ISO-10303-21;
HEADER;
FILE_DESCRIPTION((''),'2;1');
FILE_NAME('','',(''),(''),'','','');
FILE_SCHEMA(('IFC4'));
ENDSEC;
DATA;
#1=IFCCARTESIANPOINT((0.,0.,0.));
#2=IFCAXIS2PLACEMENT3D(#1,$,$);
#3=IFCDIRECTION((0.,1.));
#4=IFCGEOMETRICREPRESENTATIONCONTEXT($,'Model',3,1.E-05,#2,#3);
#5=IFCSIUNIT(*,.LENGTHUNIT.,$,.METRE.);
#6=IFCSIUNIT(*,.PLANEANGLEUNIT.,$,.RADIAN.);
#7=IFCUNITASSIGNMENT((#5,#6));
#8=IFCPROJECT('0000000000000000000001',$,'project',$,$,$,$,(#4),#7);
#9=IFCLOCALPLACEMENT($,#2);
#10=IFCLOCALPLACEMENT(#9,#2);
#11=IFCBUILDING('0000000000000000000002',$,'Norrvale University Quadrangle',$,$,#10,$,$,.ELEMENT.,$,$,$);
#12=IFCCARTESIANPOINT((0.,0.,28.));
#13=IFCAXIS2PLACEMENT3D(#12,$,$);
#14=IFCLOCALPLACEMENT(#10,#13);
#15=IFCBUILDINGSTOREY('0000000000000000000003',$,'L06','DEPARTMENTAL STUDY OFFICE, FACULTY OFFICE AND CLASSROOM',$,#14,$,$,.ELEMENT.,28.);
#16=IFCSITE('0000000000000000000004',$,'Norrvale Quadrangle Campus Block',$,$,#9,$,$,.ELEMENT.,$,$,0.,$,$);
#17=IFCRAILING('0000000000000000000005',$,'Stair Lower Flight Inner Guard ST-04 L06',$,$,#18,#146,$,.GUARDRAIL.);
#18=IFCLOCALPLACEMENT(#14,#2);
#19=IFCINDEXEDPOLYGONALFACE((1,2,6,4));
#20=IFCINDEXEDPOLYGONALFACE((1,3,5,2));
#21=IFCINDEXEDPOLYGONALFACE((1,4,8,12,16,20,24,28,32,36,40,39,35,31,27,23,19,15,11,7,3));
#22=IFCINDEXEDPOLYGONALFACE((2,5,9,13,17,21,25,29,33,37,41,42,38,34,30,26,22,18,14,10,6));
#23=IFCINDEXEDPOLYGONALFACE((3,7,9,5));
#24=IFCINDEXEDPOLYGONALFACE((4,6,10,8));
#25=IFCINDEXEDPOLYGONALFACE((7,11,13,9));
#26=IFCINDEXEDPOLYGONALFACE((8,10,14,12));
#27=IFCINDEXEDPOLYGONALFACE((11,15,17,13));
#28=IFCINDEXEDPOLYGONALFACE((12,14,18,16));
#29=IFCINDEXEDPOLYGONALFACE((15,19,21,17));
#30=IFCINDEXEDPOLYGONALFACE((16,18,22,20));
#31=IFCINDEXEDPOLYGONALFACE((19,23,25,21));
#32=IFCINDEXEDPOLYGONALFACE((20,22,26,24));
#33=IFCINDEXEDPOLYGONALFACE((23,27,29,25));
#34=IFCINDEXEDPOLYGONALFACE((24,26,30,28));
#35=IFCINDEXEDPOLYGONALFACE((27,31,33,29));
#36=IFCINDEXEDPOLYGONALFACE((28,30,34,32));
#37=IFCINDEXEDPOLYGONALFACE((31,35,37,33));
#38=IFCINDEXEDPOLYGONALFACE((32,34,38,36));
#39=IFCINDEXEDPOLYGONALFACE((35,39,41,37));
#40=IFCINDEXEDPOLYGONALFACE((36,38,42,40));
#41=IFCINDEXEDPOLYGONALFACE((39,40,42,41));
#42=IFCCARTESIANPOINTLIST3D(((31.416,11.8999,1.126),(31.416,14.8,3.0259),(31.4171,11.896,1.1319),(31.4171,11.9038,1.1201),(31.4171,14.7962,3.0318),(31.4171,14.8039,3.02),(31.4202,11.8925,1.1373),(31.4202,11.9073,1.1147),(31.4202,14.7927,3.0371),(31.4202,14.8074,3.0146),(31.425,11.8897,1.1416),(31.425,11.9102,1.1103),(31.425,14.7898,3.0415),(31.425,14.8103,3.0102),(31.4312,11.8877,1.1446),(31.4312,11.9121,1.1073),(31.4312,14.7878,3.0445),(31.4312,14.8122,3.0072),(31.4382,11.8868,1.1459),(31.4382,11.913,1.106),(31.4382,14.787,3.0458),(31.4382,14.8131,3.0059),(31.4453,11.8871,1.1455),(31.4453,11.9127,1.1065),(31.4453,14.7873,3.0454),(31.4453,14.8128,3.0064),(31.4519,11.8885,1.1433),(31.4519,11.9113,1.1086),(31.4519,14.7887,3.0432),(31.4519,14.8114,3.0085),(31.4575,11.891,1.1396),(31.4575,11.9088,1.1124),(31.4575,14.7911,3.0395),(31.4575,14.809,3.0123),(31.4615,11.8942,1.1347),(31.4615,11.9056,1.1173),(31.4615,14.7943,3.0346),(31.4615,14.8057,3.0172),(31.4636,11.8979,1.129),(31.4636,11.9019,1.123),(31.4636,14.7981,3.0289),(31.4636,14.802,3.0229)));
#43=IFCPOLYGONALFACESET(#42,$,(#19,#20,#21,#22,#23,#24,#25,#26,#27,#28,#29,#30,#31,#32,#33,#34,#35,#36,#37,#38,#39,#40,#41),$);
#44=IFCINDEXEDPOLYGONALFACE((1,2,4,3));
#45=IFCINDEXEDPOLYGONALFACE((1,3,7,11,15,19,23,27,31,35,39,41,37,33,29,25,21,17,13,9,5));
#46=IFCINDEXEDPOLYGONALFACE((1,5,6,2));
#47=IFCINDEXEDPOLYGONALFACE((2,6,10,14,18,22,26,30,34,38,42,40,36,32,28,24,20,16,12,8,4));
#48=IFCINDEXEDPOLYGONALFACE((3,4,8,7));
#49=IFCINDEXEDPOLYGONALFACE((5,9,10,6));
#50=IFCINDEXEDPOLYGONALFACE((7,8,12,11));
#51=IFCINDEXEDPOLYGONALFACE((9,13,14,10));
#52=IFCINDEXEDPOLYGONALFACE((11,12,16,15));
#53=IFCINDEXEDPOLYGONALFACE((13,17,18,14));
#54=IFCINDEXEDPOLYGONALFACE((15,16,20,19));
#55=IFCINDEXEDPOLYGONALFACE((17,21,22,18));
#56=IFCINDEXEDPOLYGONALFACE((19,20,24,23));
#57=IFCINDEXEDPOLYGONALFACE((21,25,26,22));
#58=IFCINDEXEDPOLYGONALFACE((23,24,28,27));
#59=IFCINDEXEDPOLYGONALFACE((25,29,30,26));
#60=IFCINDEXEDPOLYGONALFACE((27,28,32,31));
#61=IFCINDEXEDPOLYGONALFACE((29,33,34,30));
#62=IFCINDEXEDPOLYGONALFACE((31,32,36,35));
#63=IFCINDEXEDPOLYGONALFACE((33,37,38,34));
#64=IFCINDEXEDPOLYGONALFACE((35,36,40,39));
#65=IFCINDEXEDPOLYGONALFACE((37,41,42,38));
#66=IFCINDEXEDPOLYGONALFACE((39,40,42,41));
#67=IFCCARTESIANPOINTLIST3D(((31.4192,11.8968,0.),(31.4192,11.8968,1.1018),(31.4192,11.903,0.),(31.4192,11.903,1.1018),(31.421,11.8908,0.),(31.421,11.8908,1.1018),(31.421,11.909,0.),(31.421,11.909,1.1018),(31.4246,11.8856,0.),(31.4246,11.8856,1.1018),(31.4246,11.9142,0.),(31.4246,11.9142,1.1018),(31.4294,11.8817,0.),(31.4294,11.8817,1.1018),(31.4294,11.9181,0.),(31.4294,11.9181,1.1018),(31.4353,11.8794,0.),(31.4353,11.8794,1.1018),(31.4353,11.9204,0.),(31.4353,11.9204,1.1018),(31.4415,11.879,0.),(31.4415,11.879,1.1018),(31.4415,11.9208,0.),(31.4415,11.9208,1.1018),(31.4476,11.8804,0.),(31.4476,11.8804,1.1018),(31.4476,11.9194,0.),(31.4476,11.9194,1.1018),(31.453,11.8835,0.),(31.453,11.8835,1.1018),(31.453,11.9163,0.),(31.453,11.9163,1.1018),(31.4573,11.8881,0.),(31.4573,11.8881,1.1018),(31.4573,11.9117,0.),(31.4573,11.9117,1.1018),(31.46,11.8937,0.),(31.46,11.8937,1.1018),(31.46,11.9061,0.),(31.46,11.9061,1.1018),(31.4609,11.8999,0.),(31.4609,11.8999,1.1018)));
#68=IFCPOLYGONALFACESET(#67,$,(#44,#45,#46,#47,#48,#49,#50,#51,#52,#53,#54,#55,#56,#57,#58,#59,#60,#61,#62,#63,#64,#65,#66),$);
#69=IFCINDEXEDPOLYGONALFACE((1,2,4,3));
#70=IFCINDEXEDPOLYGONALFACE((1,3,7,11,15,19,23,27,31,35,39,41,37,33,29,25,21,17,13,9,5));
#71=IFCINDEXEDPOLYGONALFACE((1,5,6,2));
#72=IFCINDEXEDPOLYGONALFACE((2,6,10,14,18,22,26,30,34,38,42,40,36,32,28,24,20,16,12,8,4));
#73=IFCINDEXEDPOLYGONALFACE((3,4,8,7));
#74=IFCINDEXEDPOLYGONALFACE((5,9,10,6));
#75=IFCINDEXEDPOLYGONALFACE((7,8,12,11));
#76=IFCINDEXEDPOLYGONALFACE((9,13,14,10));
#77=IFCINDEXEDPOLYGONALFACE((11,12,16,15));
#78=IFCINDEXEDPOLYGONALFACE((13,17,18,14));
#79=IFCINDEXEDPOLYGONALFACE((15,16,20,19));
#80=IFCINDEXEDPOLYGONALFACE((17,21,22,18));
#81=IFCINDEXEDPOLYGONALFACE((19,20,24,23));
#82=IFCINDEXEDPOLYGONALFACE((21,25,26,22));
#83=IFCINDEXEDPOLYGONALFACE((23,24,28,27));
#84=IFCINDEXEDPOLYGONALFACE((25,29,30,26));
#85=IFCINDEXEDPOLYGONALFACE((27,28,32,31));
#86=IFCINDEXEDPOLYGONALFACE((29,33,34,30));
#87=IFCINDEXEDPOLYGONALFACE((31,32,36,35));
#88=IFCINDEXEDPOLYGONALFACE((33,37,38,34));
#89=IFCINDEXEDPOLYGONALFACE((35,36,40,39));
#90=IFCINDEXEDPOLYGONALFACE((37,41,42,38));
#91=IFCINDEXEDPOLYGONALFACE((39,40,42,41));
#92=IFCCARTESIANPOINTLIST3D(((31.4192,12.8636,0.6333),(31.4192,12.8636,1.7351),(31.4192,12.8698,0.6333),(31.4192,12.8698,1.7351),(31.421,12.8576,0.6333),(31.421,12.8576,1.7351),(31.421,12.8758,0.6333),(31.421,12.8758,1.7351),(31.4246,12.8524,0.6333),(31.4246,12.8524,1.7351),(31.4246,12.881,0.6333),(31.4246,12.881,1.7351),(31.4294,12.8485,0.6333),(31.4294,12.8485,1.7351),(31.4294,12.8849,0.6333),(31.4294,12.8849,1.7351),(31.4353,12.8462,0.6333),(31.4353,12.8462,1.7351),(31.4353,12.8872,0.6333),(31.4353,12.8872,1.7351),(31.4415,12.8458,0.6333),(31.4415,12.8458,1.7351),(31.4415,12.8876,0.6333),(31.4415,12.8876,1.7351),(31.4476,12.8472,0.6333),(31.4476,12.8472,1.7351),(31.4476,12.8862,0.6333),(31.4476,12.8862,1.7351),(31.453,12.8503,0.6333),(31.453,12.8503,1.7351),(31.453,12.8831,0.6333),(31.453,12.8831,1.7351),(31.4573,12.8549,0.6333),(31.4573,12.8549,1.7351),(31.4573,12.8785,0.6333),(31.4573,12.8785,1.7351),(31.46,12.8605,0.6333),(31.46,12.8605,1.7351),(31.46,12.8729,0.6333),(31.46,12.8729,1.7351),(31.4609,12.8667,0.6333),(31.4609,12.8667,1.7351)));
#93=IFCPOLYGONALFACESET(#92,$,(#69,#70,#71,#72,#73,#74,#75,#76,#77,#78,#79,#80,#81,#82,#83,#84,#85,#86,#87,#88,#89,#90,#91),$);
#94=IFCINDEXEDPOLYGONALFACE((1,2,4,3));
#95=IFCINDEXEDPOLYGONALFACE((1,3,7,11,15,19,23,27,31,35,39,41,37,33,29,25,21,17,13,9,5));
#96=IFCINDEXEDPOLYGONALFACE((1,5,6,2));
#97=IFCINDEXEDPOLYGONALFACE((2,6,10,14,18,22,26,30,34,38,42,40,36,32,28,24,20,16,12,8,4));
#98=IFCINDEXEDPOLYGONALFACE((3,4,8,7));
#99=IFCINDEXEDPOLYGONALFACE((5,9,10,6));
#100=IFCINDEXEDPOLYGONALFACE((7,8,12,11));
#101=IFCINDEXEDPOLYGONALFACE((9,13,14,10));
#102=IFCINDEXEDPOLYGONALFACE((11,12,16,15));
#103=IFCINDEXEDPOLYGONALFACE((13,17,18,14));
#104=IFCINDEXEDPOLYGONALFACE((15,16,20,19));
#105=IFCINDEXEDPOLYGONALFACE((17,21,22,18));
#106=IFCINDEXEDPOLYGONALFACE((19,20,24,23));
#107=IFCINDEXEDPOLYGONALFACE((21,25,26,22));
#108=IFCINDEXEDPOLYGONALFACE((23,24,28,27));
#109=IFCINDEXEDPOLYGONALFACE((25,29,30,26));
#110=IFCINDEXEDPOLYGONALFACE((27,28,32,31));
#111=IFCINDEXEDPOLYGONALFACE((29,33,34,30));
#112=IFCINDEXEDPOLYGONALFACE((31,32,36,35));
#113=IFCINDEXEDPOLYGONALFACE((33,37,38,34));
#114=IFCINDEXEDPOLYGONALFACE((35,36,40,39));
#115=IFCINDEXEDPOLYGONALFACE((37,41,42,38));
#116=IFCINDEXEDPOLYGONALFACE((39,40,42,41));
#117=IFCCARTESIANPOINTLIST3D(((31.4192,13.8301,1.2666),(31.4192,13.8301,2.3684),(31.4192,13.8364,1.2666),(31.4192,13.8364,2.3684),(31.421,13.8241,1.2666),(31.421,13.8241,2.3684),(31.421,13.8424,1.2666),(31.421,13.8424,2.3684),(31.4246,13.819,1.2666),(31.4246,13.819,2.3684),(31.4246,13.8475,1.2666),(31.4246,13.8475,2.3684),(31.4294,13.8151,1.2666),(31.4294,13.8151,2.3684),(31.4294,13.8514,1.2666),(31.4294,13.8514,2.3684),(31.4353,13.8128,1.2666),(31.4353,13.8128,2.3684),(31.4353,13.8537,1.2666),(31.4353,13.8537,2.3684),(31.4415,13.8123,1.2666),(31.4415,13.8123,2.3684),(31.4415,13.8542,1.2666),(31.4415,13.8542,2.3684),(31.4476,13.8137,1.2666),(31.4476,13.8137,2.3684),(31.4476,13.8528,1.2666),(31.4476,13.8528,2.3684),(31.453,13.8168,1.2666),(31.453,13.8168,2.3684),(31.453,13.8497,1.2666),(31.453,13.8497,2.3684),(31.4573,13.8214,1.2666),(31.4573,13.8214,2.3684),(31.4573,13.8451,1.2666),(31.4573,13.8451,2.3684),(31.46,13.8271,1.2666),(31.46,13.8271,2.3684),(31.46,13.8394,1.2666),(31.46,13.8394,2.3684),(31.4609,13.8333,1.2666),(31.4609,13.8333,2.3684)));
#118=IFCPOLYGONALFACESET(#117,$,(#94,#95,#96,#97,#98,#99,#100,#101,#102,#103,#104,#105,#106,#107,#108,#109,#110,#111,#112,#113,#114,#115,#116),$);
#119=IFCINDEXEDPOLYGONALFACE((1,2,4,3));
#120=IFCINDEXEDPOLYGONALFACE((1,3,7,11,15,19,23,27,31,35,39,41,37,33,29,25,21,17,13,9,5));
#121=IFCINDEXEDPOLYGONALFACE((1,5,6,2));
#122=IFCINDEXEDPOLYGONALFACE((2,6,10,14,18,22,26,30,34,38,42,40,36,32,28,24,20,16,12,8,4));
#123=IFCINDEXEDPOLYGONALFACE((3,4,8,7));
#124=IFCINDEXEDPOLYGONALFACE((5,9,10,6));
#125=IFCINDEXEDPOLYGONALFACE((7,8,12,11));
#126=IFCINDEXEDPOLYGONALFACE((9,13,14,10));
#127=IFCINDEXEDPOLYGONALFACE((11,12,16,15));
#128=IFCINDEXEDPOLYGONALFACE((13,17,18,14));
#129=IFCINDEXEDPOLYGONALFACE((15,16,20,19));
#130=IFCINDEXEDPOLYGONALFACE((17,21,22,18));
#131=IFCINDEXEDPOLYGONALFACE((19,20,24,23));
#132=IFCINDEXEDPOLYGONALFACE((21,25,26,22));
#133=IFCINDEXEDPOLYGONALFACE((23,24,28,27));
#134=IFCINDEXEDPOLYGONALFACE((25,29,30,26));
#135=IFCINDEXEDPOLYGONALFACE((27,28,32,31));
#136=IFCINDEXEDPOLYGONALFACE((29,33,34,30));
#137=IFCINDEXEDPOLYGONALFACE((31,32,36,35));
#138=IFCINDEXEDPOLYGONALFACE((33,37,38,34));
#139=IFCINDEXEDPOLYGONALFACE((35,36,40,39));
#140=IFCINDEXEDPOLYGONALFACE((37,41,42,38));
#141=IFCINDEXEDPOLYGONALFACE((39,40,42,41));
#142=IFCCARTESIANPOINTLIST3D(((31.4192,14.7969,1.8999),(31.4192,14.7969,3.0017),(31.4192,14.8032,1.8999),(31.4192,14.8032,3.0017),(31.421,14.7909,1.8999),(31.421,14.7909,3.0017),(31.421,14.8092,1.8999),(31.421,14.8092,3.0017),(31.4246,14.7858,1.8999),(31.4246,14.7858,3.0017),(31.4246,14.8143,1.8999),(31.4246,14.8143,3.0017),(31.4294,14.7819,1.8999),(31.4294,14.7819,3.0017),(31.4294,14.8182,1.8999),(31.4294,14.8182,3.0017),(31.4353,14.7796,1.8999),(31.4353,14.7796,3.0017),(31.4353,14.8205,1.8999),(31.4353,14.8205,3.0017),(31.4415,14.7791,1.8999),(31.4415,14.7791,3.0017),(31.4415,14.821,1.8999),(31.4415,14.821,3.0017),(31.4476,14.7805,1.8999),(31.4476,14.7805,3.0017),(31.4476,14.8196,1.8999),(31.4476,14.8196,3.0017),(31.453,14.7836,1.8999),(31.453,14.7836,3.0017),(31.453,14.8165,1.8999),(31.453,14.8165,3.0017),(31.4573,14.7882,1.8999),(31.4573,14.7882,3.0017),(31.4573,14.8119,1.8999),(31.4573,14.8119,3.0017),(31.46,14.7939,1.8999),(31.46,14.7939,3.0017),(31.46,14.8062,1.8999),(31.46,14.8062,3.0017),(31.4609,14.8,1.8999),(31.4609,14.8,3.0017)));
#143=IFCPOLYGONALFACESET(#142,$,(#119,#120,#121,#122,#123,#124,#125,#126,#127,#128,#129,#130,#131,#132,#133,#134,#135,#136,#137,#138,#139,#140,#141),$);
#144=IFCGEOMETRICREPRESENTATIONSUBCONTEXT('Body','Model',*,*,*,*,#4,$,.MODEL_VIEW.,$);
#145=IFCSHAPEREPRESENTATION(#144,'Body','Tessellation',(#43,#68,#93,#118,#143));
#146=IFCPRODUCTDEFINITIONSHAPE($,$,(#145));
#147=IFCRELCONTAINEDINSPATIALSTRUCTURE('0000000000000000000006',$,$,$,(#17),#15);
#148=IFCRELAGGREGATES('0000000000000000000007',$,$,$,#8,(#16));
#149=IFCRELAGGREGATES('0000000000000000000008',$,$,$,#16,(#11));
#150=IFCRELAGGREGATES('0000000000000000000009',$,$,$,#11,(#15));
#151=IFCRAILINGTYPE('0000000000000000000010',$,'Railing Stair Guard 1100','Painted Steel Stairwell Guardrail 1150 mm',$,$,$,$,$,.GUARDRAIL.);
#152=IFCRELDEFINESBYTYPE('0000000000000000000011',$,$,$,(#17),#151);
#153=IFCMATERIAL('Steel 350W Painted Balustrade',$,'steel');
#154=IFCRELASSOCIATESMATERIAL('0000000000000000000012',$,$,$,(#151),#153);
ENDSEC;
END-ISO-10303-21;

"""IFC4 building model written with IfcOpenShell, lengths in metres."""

from ifc_helpers import new_model, si_unit, direction, frame, origin, origin_2d, place, context, subcontext, project, spatial, circle, extrude, material, type_object, element, save


model = new_model("IFC4")

# Units and contexts
model_context = context("Model", 3, precision=1e-05, world=origin(), true_north=direction((0.0, 1.0)))
body_context = subcontext(model_context, "Body", "Model", "MODEL_VIEW")
ifc_project = project(units=[si_unit("LENGTHUNIT", "METRE"), si_unit("PLANEANGLEUNIT", "RADIAN")], contexts=[model_context])

# Site, building, storey
site_placement = place(None, origin())
site = spatial("IfcSite", under=ifc_project, at=site_placement, Name="Norrvale Quadrangle Campus Block", CompositionType="ELEMENT", RefElevation=0.0)
building_placement = place(site_placement, origin())
building = spatial("IfcBuilding", under=site, at=building_placement, Name="Norrvale University Quadrangle", CompositionType="ELEMENT")
storey_placement = place(building_placement, frame((0.0, 0.0, 28.0)))
storey = spatial("IfcBuildingStorey", under=building, at=storey_placement, Name="L06", Description="DEPARTMENTAL STUDY OFFICE, FACULTY OFFICE AND CLASSROOM", CompositionType="ELEMENT", Elevation=28.0)

# Railing
ifc_material_1 = material(Name="Steel 350W Painted Balustrade", Category="steel")
railing_type_1 = type_object("IfcRailingType", Name="Railing Stair Guard 1100", Description="Painted Steel Stairwell Guardrail 1150 mm", PredefinedType="GUARDRAIL", material=ifc_material_1)
railing_1_placement = place(storey_placement, frame((31.4399, 11.8999, 0.0)))
element("IfcRailing", 1, at=railing_1_placement, inside=storey, type_object=railing_type_1, Name="Stair Lower Flight Inner Guard ST-04 L06", PredefinedType="GUARDRAIL", context=body_context, shape_type="SweptSolid", body=[
    extrude(circle(Radius=0.0239, at=origin_2d()), frame((0.0, 0.0, 1.126), z_axis=(0.0, 0.836487, 0.547987), x_axis=(-1.0, 0.0, 0.0)), (0.0, 0.0, 1.0), 3.467),
    extrude(circle(Radius=0.021, at=origin_2d()), origin(), (0.0, 0.0, 1.0), 1.1018),
    extrude(circle(Radius=0.021, at=origin_2d()), frame((0.0, 0.9668, 0.6333)), (0.0, 0.0, 1.0), 1.1018),
    extrude(circle(Radius=0.021, at=origin_2d()), frame((0.0, 1.9333, 1.2666)), (0.0, 0.0, 1.0), 1.1018),
    extrude(circle(Radius=0.021, at=origin_2d()), frame((0.0, 2.9001, 1.8999)), (0.0, 0.0, 1.0), 1.1018),
])

save(model, "model.ifc")
